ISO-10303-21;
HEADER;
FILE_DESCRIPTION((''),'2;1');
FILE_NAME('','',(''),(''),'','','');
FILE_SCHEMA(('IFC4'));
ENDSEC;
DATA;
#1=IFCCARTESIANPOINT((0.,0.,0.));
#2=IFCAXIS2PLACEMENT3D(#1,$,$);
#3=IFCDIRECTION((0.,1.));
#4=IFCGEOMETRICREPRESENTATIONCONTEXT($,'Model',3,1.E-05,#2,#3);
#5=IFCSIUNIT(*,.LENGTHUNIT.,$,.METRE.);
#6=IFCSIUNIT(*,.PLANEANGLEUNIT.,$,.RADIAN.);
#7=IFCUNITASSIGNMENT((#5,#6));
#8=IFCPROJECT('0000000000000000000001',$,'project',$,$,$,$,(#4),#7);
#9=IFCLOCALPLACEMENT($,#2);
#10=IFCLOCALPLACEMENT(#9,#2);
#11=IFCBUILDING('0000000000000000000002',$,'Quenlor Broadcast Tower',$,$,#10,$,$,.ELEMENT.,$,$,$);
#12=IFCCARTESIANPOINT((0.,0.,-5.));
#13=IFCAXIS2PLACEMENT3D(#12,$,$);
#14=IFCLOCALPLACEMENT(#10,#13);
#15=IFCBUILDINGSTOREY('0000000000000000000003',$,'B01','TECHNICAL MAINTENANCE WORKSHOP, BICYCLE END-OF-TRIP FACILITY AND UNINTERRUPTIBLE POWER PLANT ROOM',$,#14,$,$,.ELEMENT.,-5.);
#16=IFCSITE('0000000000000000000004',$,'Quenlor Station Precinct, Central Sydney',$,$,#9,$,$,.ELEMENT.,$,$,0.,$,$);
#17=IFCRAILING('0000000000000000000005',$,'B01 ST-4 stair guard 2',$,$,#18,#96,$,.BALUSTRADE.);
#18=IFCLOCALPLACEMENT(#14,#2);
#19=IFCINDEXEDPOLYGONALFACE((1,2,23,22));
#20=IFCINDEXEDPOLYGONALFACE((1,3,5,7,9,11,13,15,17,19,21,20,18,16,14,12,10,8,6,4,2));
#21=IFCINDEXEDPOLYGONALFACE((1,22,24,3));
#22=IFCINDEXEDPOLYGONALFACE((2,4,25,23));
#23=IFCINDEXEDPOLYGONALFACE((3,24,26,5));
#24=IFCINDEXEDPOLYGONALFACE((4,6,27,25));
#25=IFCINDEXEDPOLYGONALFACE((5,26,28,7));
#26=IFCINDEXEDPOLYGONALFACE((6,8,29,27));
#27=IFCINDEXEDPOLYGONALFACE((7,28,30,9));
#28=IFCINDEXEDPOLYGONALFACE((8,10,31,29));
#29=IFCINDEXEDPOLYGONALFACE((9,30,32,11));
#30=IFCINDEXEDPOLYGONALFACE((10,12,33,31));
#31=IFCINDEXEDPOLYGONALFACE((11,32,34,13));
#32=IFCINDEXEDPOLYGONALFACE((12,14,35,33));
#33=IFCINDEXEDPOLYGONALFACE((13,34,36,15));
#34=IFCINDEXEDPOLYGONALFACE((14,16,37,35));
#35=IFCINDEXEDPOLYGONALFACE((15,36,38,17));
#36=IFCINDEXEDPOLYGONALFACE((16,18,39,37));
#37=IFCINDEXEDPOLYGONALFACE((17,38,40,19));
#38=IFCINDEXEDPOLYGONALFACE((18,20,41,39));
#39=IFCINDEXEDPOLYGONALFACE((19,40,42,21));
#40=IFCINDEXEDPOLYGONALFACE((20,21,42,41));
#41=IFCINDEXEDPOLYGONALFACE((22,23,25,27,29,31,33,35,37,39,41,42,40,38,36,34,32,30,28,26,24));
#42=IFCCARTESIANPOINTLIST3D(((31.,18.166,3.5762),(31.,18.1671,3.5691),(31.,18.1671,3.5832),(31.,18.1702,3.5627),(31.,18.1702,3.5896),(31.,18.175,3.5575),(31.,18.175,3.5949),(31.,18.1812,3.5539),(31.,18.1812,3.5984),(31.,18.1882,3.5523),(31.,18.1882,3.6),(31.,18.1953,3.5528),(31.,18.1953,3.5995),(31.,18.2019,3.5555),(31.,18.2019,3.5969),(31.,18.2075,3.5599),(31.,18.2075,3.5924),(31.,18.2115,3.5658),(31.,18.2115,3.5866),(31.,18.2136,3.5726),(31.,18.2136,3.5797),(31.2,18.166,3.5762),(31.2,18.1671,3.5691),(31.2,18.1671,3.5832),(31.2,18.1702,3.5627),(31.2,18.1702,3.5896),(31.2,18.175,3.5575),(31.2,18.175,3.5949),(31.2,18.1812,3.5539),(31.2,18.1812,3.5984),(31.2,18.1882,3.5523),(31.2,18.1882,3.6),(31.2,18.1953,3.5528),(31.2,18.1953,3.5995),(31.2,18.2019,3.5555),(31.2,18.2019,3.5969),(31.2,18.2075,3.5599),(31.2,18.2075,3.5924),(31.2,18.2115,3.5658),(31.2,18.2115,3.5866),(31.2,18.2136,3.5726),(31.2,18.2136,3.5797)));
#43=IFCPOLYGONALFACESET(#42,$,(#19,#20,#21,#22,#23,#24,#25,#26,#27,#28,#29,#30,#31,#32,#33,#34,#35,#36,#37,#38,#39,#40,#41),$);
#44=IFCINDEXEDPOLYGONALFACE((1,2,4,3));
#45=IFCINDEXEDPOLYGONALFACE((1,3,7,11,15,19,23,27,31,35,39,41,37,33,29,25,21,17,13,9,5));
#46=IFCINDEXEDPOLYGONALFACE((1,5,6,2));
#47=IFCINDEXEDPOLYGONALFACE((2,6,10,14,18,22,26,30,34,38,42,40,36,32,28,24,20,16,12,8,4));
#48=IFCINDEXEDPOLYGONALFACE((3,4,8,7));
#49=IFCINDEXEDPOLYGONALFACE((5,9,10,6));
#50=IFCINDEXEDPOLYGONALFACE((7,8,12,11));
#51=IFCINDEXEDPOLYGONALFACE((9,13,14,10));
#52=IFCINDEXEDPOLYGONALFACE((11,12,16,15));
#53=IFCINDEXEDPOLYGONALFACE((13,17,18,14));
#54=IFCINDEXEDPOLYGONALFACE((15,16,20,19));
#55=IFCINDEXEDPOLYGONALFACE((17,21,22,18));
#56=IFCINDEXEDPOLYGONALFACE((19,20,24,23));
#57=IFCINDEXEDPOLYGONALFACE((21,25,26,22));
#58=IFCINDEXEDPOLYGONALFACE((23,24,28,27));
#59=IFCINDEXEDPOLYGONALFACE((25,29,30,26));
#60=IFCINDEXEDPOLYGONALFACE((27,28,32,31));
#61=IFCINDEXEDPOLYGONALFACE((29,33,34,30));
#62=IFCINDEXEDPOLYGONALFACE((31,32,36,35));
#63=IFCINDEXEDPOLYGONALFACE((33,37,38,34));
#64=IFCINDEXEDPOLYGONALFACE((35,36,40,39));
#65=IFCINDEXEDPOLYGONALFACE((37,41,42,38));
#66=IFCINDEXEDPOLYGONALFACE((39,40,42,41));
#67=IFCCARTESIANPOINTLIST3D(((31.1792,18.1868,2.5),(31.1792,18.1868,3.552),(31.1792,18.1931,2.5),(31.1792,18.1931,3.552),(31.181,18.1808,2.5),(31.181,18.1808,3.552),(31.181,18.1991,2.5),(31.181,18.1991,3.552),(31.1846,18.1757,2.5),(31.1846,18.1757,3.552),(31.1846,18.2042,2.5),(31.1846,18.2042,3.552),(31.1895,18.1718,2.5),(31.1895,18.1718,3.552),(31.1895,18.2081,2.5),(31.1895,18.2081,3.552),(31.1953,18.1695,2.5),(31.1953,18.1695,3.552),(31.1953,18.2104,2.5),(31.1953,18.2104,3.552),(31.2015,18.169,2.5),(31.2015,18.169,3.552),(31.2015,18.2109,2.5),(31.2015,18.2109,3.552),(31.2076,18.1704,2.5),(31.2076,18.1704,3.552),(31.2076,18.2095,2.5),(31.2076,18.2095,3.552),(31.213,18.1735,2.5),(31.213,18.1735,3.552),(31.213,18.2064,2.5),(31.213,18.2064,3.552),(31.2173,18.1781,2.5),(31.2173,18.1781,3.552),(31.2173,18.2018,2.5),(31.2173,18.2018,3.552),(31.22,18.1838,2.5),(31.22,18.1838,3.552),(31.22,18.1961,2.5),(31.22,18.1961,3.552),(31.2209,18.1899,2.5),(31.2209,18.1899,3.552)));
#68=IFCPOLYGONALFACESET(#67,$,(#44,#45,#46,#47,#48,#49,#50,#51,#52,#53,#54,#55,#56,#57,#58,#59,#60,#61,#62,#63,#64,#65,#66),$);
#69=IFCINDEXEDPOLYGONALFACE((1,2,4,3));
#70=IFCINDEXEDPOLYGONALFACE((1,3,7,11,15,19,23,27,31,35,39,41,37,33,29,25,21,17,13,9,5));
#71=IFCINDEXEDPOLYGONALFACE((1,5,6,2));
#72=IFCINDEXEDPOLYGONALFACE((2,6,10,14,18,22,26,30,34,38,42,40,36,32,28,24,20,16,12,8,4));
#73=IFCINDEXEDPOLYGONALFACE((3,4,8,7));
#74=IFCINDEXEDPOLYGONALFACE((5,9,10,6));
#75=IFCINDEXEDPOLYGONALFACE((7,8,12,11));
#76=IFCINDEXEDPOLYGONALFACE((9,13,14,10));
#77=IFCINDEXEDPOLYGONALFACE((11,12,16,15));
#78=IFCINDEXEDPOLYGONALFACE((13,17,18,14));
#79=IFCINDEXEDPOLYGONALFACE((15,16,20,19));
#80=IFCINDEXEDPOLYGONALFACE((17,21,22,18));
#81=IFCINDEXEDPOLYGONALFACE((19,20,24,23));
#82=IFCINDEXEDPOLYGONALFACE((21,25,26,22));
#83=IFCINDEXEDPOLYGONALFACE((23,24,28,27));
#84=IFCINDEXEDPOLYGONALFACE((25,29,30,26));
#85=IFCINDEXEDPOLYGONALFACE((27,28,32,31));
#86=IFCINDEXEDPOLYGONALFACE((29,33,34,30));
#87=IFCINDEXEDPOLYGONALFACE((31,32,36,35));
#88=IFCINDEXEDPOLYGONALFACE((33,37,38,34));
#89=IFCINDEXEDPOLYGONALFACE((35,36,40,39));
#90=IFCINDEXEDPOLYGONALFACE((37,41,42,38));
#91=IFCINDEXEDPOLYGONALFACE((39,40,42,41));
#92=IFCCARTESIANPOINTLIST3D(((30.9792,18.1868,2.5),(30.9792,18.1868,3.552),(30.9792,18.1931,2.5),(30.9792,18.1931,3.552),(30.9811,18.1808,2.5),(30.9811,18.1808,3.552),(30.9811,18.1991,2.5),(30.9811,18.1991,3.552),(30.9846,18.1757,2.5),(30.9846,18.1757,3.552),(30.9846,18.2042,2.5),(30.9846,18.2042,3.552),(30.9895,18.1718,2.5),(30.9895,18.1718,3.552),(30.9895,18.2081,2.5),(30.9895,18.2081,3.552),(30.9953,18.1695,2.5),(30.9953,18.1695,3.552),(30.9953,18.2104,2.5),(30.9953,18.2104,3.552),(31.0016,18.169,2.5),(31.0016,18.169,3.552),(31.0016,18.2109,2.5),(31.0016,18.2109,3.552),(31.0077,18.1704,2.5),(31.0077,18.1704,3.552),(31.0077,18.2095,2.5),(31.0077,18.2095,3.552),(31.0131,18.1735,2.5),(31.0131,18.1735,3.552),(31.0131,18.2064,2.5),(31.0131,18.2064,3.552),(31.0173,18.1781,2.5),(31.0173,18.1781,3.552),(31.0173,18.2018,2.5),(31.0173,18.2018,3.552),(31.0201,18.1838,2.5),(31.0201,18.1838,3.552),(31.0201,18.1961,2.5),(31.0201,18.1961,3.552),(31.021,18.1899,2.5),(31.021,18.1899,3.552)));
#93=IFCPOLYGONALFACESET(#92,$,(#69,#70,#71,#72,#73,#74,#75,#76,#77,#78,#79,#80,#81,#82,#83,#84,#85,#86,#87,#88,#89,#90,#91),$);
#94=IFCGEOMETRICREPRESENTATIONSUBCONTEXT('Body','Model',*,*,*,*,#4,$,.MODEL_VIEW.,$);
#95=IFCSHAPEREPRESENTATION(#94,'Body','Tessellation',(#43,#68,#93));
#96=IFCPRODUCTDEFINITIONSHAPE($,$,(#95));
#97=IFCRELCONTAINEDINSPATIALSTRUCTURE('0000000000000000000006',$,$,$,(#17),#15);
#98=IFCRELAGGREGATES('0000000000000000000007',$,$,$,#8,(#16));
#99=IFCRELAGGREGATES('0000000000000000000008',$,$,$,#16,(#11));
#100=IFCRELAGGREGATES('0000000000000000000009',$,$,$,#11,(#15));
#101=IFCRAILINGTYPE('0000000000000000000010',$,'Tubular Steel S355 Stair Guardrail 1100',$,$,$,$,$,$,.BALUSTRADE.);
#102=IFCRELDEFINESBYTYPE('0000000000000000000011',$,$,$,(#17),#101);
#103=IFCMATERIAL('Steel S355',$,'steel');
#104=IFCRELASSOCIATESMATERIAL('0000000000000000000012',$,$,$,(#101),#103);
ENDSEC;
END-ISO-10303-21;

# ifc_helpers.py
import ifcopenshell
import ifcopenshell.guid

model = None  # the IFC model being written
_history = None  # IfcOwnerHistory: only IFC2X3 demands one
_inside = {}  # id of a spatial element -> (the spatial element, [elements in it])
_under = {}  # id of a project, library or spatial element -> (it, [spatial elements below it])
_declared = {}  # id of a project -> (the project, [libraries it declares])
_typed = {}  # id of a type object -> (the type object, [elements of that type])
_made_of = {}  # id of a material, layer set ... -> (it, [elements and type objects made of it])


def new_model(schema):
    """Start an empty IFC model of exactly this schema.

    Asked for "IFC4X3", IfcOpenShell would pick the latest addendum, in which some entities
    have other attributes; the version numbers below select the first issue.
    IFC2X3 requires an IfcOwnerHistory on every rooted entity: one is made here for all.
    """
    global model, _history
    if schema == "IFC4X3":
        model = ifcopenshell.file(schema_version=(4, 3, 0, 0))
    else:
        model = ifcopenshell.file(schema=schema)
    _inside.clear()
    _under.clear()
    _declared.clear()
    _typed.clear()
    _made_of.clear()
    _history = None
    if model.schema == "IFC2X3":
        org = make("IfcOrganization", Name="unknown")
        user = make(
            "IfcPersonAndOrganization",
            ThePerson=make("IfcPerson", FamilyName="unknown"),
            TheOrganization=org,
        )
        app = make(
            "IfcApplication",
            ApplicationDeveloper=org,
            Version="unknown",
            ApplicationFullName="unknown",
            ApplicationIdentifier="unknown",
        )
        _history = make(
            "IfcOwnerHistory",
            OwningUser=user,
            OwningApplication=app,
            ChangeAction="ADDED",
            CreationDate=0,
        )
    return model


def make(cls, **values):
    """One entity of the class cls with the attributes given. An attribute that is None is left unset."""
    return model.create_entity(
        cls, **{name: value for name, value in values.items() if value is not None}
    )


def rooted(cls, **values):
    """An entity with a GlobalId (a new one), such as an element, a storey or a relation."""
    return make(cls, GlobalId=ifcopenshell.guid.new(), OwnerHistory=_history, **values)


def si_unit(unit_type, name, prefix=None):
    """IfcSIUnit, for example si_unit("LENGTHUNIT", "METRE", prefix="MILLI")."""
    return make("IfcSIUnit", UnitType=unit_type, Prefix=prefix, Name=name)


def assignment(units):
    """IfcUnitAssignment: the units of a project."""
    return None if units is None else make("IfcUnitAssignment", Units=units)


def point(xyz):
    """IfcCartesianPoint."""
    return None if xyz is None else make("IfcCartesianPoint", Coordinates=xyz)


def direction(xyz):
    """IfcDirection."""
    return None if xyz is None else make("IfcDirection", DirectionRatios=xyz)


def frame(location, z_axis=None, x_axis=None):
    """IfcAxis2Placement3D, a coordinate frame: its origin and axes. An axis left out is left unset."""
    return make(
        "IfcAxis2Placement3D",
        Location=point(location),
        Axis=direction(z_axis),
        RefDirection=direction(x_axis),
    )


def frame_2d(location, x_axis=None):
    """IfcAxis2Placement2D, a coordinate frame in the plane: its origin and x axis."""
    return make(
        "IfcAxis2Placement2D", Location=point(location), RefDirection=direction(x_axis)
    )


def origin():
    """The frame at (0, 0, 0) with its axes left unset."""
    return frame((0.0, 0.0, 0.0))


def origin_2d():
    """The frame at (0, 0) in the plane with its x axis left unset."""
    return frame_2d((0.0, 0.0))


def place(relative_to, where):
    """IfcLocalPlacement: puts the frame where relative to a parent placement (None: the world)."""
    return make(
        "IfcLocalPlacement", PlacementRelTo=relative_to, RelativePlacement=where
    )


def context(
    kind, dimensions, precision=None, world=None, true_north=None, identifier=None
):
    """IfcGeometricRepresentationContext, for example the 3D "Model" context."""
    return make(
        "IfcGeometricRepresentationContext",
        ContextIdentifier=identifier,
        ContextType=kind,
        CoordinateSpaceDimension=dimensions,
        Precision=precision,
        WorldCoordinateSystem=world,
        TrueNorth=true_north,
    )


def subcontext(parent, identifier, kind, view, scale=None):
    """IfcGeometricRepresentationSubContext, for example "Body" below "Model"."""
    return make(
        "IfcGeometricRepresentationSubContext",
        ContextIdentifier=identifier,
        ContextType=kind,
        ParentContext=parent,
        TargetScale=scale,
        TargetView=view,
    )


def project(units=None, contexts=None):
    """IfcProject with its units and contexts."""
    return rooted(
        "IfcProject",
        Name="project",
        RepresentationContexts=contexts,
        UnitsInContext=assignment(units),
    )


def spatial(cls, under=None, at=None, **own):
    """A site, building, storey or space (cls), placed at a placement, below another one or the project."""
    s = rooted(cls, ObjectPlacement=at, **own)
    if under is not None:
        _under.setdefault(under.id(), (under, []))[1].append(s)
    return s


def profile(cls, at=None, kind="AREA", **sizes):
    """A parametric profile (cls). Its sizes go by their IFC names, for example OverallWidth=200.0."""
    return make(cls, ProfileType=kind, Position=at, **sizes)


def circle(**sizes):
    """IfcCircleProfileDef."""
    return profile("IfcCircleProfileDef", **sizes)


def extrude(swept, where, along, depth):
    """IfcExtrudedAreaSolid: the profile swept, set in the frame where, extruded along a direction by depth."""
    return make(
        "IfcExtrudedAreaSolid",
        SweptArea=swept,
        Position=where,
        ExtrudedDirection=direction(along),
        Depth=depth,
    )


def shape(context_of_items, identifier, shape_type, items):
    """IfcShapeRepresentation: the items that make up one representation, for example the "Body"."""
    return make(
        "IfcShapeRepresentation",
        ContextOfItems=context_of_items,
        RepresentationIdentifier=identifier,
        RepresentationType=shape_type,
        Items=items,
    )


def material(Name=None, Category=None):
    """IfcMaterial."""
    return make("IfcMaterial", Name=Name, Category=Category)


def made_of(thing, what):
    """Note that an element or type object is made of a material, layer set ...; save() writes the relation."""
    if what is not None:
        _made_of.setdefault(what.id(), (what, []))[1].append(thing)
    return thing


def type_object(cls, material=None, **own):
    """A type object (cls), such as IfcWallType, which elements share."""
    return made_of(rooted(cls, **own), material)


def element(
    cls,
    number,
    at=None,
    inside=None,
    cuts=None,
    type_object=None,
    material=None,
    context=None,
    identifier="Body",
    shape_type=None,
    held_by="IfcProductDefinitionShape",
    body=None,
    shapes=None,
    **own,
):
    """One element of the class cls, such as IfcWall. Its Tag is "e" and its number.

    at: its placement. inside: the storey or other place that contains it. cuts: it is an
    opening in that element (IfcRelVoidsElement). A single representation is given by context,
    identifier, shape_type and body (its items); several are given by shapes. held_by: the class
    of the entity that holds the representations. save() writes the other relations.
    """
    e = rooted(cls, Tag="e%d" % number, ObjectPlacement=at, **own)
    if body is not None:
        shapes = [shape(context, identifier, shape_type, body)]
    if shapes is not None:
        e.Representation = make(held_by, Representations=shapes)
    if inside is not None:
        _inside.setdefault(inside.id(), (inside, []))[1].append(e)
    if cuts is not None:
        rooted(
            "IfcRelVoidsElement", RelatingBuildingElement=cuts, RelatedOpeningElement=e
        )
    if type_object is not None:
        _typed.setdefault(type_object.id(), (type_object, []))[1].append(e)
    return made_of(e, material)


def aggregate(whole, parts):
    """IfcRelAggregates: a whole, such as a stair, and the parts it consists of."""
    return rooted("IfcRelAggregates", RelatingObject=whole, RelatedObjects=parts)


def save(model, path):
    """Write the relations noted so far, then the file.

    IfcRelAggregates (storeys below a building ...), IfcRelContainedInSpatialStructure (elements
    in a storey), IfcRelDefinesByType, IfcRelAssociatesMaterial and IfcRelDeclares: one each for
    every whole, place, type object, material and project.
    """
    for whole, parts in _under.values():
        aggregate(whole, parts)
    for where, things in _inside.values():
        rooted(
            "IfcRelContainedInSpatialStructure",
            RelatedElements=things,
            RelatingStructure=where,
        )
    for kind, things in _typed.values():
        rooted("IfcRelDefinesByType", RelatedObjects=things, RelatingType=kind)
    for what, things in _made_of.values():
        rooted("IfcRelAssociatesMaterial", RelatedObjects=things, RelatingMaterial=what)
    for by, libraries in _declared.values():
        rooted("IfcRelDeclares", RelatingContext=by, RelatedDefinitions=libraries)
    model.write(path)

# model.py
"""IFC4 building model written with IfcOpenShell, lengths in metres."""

from ifc_helpers import new_model, si_unit, direction, frame, origin, origin_2d, place, context, subcontext, project, spatial, circle, extrude, material, type_object, element, save


model = new_model("IFC4")

# Units and contexts
model_context = context("Model", 3, precision=1e-05, world=origin(), true_north=direction((0.0, 1.0)))
body_context = subcontext(model_context, "Body", "Model", "MODEL_VIEW")
ifc_project = project(units=[si_unit("LENGTHUNIT", "METRE"), si_unit("PLANEANGLEUNIT", "RADIAN")], contexts=[model_context])

# Site, building, storey
site_placement = place(None, origin())
site = spatial("IfcSite", under=ifc_project, at=site_placement, Name="Quenlor Station Precinct, Central Sydney", CompositionType="ELEMENT", RefElevation=0.0)
building_placement = place(site_placement, origin())
building = spatial("IfcBuilding", under=site, at=building_placement, Name="Quenlor Broadcast Tower", CompositionType="ELEMENT")
storey_placement = place(building_placement, frame((0.0, 0.0, -5.0)))
storey = spatial("IfcBuildingStorey", under=building, at=storey_placement, Name="B01", Description="TECHNICAL MAINTENANCE WORKSHOP, BICYCLE END-OF-TRIP FACILITY AND UNINTERRUPTIBLE POWER PLANT ROOM", CompositionType="ELEMENT", Elevation=-5.0)

# Railing
ifc_material_1 = material(Name="Steel S355", Category="steel")
railing_type_1 = type_object("IfcRailingType", Name="Tubular Steel S355 Stair Guardrail 1100", PredefinedType="BALUSTRADE", material=ifc_material_1)
railing_1_placement = place(storey_placement, frame((31.2, 18.1899, 2.5)))
element("IfcRailing", 1, at=railing_1_placement, inside=storey, type_object=railing_type_1, Name="B01 ST-4 stair guard 2", PredefinedType="BALUSTRADE", context=body_context, shape_type="SweptSolid", body=[
    extrude(circle(Radius=0.0239, at=origin_2d()), frame((0.0, 0.0, 1.0762), z_axis=(-1.0, 0.0, 0.0), x_axis=(0.0, -1.0, 0.0)), (0.0, 0.0, 1.0), 0.2),
    extrude(circle(Radius=0.021, at=origin_2d()), origin(), (0.0, 0.0, 1.0), 1.052),
    extrude(circle(Radius=0.021, at=origin_2d()), frame((-0.2, 0.0, 0.0)), (0.0, 0.0, 1.0), 1.052),
])

save(model, "model.ifc")
